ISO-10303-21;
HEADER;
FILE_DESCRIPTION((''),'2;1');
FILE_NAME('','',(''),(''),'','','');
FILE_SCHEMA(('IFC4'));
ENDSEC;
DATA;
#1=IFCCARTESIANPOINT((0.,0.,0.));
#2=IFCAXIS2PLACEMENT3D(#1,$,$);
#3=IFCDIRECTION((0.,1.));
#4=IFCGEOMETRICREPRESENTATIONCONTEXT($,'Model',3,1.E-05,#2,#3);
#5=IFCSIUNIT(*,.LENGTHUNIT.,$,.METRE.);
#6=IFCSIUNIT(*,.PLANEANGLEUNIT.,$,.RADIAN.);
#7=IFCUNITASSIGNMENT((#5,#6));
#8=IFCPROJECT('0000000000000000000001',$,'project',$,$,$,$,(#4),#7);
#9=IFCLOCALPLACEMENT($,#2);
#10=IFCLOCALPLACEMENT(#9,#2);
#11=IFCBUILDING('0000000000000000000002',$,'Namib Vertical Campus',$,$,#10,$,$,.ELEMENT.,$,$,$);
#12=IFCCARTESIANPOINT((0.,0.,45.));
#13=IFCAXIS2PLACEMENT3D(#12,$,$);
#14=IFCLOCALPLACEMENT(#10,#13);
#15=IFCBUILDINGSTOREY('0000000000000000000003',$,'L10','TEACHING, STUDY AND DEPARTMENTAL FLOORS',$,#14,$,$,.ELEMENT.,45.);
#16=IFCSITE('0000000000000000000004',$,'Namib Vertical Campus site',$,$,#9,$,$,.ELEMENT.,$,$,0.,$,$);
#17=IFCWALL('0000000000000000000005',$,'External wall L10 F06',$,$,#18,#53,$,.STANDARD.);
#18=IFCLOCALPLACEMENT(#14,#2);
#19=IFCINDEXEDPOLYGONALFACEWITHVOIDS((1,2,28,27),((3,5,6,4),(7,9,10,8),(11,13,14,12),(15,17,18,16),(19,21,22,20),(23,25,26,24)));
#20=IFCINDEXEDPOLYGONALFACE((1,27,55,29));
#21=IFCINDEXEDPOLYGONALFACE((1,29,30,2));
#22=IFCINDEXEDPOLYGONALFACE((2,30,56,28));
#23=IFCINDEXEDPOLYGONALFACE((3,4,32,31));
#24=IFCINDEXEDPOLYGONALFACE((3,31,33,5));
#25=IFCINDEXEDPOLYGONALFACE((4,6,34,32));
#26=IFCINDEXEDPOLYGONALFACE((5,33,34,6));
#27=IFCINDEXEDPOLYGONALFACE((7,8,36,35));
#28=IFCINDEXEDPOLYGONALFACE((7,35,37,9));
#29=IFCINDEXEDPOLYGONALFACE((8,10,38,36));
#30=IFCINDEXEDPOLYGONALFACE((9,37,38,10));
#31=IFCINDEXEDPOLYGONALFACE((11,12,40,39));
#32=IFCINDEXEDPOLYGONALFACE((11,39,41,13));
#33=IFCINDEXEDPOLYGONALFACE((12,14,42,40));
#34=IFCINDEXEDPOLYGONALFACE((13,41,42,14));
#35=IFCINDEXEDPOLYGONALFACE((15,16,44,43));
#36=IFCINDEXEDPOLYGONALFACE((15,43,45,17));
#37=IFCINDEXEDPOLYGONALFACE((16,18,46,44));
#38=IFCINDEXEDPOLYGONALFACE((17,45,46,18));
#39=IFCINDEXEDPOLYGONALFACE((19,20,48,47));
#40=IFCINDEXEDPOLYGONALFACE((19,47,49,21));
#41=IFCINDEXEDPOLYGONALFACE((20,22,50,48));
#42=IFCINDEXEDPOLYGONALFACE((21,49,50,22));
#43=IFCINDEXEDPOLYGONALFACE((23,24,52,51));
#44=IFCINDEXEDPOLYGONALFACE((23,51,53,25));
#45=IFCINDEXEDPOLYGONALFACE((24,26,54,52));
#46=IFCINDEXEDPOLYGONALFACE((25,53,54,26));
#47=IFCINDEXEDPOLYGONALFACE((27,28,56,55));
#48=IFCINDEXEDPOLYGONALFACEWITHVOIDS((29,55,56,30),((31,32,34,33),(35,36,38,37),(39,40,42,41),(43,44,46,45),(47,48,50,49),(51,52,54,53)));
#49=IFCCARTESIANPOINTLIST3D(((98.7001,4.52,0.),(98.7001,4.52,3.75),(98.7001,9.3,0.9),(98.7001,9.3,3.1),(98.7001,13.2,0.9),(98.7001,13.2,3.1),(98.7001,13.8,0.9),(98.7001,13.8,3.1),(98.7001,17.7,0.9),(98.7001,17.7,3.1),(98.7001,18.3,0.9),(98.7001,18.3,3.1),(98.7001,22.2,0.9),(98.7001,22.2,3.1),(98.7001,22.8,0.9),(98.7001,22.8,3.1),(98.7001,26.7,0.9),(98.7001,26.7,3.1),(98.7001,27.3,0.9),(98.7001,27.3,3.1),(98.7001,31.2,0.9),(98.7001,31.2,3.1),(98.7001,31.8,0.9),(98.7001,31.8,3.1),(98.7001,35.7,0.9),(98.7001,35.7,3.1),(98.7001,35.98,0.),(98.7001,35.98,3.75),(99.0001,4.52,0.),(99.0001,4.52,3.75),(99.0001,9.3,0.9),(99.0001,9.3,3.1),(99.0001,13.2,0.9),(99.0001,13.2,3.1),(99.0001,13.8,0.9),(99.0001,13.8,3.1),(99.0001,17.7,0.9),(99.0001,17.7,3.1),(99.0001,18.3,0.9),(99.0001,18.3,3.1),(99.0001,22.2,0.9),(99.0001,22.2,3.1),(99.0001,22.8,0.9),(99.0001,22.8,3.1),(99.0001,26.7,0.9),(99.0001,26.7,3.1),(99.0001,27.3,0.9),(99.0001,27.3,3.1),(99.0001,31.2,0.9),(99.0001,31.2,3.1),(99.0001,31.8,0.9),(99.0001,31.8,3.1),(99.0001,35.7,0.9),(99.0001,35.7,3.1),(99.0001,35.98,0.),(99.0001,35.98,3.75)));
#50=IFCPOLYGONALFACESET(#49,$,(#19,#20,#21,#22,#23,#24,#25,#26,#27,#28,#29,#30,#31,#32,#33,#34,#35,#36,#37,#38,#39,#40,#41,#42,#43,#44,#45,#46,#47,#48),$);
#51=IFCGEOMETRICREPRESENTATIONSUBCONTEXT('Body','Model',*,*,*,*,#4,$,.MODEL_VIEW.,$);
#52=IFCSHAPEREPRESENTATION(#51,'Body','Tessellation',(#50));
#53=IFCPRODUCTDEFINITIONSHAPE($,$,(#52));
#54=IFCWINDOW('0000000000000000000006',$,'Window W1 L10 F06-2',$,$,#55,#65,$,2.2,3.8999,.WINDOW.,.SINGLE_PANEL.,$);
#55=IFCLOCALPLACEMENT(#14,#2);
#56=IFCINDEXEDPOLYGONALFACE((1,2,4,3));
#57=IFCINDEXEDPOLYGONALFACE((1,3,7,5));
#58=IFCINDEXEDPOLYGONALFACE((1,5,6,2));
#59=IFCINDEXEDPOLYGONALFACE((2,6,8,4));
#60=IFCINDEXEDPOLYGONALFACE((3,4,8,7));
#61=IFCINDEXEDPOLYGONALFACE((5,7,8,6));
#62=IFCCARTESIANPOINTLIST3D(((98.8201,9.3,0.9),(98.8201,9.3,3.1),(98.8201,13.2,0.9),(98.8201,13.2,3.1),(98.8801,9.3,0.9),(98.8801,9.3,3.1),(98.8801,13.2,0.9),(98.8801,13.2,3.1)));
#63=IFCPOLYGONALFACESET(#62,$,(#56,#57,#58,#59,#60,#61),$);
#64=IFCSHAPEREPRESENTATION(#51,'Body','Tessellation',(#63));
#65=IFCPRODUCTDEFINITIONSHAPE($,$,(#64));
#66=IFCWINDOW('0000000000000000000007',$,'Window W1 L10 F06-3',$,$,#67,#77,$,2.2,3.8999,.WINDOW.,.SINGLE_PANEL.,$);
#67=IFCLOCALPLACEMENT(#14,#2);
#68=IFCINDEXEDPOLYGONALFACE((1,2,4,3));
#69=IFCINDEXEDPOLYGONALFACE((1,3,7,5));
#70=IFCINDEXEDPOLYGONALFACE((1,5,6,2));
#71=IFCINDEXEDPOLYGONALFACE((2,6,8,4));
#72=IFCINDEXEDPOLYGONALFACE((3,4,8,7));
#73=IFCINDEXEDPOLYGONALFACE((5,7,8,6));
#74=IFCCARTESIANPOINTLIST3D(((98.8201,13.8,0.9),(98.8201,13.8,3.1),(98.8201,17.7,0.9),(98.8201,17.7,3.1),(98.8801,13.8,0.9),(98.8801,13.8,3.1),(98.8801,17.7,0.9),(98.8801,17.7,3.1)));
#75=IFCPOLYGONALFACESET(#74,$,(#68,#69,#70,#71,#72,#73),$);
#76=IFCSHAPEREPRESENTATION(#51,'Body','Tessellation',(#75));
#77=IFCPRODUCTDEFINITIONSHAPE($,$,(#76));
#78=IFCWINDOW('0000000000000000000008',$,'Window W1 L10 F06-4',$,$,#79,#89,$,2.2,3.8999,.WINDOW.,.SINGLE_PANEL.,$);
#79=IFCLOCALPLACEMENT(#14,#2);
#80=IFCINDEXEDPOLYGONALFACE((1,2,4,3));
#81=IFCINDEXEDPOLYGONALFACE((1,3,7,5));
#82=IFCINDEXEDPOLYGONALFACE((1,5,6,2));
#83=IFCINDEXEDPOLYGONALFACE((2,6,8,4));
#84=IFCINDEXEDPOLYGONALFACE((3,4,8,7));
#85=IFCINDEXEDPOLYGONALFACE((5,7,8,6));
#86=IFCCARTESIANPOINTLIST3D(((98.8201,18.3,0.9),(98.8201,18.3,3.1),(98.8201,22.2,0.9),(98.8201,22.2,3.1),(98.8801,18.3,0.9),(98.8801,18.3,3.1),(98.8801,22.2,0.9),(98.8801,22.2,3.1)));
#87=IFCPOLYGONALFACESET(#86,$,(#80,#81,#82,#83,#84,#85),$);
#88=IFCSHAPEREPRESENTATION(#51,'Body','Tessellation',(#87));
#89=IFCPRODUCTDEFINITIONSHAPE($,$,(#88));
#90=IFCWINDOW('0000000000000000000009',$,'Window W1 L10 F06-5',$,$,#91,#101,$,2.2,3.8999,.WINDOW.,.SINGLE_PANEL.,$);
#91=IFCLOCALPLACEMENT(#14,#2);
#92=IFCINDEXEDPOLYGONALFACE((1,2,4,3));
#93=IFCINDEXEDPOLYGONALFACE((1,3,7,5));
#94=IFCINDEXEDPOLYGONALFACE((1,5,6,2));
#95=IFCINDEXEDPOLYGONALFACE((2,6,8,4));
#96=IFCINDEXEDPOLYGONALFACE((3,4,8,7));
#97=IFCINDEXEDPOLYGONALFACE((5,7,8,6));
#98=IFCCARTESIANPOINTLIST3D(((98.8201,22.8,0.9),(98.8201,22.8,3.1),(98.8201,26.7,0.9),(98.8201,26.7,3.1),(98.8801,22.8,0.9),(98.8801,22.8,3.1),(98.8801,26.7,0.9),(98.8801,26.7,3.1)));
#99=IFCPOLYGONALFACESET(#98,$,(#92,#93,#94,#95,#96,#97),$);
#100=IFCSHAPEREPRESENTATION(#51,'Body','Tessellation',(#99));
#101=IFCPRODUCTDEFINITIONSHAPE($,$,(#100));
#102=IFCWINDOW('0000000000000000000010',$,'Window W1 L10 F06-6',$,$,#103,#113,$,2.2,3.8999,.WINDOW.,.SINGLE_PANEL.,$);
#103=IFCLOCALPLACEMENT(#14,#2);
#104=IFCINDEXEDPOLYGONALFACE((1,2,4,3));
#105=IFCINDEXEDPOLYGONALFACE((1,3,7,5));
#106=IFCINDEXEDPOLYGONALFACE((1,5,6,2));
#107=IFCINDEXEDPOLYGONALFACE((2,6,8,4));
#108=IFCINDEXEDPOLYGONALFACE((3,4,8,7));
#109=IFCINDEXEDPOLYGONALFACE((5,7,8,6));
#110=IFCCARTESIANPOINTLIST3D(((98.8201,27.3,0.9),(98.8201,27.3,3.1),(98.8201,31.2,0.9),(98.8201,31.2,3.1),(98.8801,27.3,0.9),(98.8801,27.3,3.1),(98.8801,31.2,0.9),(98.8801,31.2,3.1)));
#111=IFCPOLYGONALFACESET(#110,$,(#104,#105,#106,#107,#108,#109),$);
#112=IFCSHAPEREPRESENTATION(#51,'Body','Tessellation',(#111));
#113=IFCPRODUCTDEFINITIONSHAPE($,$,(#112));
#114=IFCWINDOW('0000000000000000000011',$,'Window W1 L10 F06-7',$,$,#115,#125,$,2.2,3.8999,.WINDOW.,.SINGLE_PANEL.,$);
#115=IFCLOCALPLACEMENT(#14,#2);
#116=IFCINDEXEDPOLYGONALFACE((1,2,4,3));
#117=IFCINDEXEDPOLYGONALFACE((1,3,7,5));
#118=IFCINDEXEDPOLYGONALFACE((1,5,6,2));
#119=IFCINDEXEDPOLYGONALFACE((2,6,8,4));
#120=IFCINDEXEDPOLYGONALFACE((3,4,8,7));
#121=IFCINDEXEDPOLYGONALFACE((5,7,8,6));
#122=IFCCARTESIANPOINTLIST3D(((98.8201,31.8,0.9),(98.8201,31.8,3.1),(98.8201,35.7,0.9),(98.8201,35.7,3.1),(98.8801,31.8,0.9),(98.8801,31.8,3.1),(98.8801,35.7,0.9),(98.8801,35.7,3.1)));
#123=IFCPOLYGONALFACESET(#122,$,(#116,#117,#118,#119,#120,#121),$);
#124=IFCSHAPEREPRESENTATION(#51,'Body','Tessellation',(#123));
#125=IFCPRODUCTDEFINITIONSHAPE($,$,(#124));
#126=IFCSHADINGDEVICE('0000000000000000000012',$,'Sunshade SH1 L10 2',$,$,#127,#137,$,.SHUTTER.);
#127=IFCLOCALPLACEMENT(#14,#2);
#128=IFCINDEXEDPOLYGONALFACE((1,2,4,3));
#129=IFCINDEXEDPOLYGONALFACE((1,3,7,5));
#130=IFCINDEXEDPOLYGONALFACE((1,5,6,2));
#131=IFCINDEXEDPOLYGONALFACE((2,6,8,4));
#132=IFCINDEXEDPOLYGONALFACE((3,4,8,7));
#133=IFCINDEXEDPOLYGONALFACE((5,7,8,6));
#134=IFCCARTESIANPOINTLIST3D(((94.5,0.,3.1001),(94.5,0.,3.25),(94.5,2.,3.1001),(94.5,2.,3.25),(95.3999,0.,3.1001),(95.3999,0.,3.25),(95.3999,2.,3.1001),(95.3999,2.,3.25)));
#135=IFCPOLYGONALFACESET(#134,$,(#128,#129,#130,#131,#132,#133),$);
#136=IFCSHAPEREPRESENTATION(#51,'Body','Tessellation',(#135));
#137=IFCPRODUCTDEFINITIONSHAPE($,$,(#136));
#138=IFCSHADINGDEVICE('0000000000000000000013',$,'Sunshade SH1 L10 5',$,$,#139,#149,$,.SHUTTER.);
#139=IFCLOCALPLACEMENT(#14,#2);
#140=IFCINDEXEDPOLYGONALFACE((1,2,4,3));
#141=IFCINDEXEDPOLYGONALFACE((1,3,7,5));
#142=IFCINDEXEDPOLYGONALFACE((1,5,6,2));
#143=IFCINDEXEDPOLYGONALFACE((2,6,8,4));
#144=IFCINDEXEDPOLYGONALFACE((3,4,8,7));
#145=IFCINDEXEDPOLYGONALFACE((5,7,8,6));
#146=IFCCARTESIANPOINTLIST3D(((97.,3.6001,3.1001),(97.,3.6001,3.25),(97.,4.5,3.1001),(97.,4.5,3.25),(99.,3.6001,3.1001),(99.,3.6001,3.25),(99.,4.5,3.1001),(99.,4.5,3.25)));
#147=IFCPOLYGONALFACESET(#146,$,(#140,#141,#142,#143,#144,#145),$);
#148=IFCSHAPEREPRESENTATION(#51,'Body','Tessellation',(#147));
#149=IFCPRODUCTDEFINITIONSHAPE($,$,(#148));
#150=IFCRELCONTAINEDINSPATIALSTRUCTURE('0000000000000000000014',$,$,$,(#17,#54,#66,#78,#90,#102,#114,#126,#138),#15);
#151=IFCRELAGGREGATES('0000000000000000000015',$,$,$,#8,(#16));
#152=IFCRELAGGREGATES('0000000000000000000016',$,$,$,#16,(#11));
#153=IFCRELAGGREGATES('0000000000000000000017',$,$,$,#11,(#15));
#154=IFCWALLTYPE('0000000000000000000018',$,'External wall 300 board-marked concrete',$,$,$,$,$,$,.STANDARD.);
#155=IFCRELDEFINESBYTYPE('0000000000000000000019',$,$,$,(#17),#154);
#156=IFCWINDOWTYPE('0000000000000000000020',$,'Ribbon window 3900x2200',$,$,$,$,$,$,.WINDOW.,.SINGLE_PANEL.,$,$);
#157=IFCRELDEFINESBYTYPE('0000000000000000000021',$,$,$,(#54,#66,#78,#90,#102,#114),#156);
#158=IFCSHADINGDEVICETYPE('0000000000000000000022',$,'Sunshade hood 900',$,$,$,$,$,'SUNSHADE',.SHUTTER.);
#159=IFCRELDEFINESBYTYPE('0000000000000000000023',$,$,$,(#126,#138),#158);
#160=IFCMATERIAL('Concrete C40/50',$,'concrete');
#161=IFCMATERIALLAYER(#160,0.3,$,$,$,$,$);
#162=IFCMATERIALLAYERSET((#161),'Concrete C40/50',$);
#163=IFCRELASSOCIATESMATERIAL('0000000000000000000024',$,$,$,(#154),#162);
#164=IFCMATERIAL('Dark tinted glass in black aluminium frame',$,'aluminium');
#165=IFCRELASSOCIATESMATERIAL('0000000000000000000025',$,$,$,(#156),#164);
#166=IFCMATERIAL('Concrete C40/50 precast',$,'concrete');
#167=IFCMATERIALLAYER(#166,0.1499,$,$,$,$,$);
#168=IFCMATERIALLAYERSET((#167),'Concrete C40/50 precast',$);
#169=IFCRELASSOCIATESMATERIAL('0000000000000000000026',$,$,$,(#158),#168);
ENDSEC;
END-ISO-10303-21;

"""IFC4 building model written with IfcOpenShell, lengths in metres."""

from ifc_helpers import new_model, si_unit, direction, frame, frame_2d, origin, origin_2d, place, context, subcontext, project, spatial, rectangle, extrude, material, layer, layer_set, type_object, element, fill, save


model = new_model("IFC4")

# Units and contexts
model_context = context("Model", 3, precision=1e-05, world=origin(), true_north=direction((0.0, 1.0)))
body_context = subcontext(model_context, "Body", "Model", "MODEL_VIEW")
ifc_project = project(units=[si_unit("LENGTHUNIT", "METRE"), si_unit("PLANEANGLEUNIT", "RADIAN")], contexts=[model_context])

# Site, building, storey
site_placement = place(None, origin())
site = spatial("IfcSite", under=ifc_project, at=site_placement, Name="Namib Vertical Campus site", CompositionType="ELEMENT", RefElevation=0.0)
building_placement = place(site_placement, origin())
building = spatial("IfcBuilding", under=site, at=building_placement, Name="Namib Vertical Campus", CompositionType="ELEMENT")
storey_placement = place(building_placement, frame((0.0, 0.0, 45.0)))
storey = spatial("IfcBuildingStorey", under=building, at=storey_placement, Name="L10", Description="TEACHING, STUDY AND DEPARTMENTAL FLOORS", CompositionType="ELEMENT", Elevation=45.0)

# Shared definitions
ifc_material_1 = material(Name="Concrete C40/50", Category="concrete")
ifc_layer_1 = layer(ifc_material_1, 0.3)
ifc_layer_set_1 = layer_set([ifc_layer_1], Name="Concrete C40/50")
wall_type = type_object("IfcWallType", Name="External wall 300 board-marked concrete", PredefinedType="STANDARD", material=ifc_layer_set_1)

# Wall, openings, windows
wall_1_placement = place(storey_placement, frame((98.8501, 4.52, 0.0), z_axis=(0.0, 0.0, 1.0), x_axis=(0.0, 1.0, 0.0)))
wall_1 = element("IfcWall", 1, at=wall_1_placement, inside=storey, type_object=wall_type, Name="External wall L10 F06", PredefinedType="STANDARD", context=body_context, shape_type="SweptSolid", body=[
    extrude(rectangle(XDim=31.46, YDim=0.3, at=frame_2d((15.73, 0.0))), origin(), (0.0, 0.0, 1.0), 3.75),
])
opening_1_placement = place(wall_1_placement, frame((4.78, 0.0, 0.8999)))
opening_1 = element("IfcOpeningElement", 2, at=opening_1_placement, cuts=wall_1, PredefinedType="OPENING", context=body_context, shape_type="SweptSolid", body=[
    extrude(rectangle(XDim=3.8999, YDim=2.2, at=frame_2d((1.95, 1.1001))), frame((0.0, 0.1599, 0.0), z_axis=(0.0, -1.0, 0.0), x_axis=(1.0, 0.0, 0.0)), (0.0, 0.0, 1.0), 0.3201),
])
opening_2_placement = place(wall_1_placement, frame((9.28, 0.0, 0.8999)))
opening_2 = element("IfcOpeningElement", 3, at=opening_2_placement, cuts=wall_1, PredefinedType="OPENING", context=body_context, shape_type="SweptSolid", body=[
    extrude(rectangle(XDim=3.8999, YDim=2.2, at=frame_2d((1.95, 1.1001))), frame((0.0, 0.1599, 0.0), z_axis=(0.0, -1.0, 0.0), x_axis=(1.0, 0.0, 0.0)), (0.0, 0.0, 1.0), 0.3201),
])
opening_3_placement = place(wall_1_placement, frame((13.78, 0.0, 0.8999)))
opening_3 = element("IfcOpeningElement", 4, at=opening_3_placement, cuts=wall_1, PredefinedType="OPENING", context=body_context, shape_type="SweptSolid", body=[
    extrude(rectangle(XDim=3.8999, YDim=2.2, at=frame_2d((1.95, 1.1001))), frame((0.0, 0.1599, 0.0), z_axis=(0.0, -1.0, 0.0), x_axis=(1.0, 0.0, 0.0)), (0.0, 0.0, 1.0), 0.3201),
])
opening_4_placement = place(wall_1_placement, frame((18.28, 0.0, 0.8999)))
opening_4 = element("IfcOpeningElement", 5, at=opening_4_placement, cuts=wall_1, PredefinedType="OPENING", context=body_context, shape_type="SweptSolid", body=[
    extrude(rectangle(XDim=3.8999, YDim=2.2, at=frame_2d((1.95, 1.1001))), frame((0.0, 0.1599, 0.0), z_axis=(0.0, -1.0, 0.0), x_axis=(1.0, 0.0, 0.0)), (0.0, 0.0, 1.0), 0.3201),
])
opening_5_placement = place(wall_1_placement, frame((22.78, 0.0, 0.8999)))
opening_5 = element("IfcOpeningElement", 6, at=opening_5_placement, cuts=wall_1, PredefinedType="OPENING", context=body_context, shape_type="SweptSolid", body=[
    extrude(rectangle(XDim=3.8999, YDim=2.2, at=frame_2d((1.95, 1.1001))), frame((0.0, 0.1599, 0.0), z_axis=(0.0, -1.0, 0.0), x_axis=(1.0, 0.0, 0.0)), (0.0, 0.0, 1.0), 0.3201),
])
opening_6_placement = place(wall_1_placement, frame((27.28, 0.0, 0.8999)))
opening_6 = element("IfcOpeningElement", 7, at=opening_6_placement, cuts=wall_1, PredefinedType="OPENING", context=body_context, shape_type="SweptSolid", body=[
    extrude(rectangle(XDim=3.8999, YDim=2.2, at=frame_2d((1.95, 1.1001))), frame((0.0, 0.1599, 0.0), z_axis=(0.0, -1.0, 0.0), x_axis=(1.0, 0.0, 0.0)), (0.0, 0.0, 1.0), 0.3201),
])
ifc_material_2 = material(Name="Dark tinted glass in black aluminium frame", Category="aluminium")
window_type = type_object("IfcWindowType", Name="Ribbon window 3900x2200", PartitioningType="SINGLE_PANEL", PredefinedType="WINDOW", material=ifc_material_2)
window_1_placement = place(opening_1_placement, origin())
window_1 = element("IfcWindow", 8, at=window_1_placement, inside=storey, type_object=window_type, Name="Window W1 L10 F06-2", OverallHeight=2.2, OverallWidth=3.8999, PartitioningType="SINGLE_PANEL", PredefinedType="WINDOW", context=body_context, shape_type="SweptSolid", body=[
    extrude(rectangle(XDim=3.8999, YDim=2.2, at=frame_2d((1.95, 1.1001))), frame((0.0, 0.03, 0.0), z_axis=(0.0, -1.0, 0.0), x_axis=(1.0, 0.0, 0.0)), (0.0, 0.0, 1.0), 0.0601),
])
fill(opening_1, window_1)
window_2_placement = place(opening_2_placement, origin())
window_2 = element("IfcWindow", 9, at=window_2_placement, inside=storey, type_object=window_type, Name="Window W1 L10 F06-3", OverallHeight=2.2, OverallWidth=3.8999, PartitioningType="SINGLE_PANEL", PredefinedType="WINDOW", context=body_context, shape_type="SweptSolid", body=[
    extrude(rectangle(XDim=3.8999, YDim=2.2, at=frame_2d((1.95, 1.1001))), frame((0.0, 0.03, 0.0), z_axis=(0.0, -1.0, 0.0), x_axis=(1.0, 0.0, 0.0)), (0.0, 0.0, 1.0), 0.0601),
])
fill(opening_2, window_2)
window_3_placement = place(opening_3_placement, origin())
window_3 = element("IfcWindow", 10, at=window_3_placement, inside=storey, type_object=window_type, Name="Window W1 L10 F06-4", OverallHeight=2.2, OverallWidth=3.8999, PartitioningType="SINGLE_PANEL", PredefinedType="WINDOW", context=body_context, shape_type="SweptSolid", body=[
    extrude(rectangle(XDim=3.8999, YDim=2.2, at=frame_2d((1.95, 1.1001))), frame((0.0, 0.03, 0.0), z_axis=(0.0, -1.0, 0.0), x_axis=(1.0, 0.0, 0.0)), (0.0, 0.0, 1.0), 0.0601),
])
fill(opening_3, window_3)
window_4_placement = place(opening_4_placement, origin())
window_4 = element("IfcWindow", 11, at=window_4_placement, inside=storey, type_object=window_type, Name="Window W1 L10 F06-5", OverallHeight=2.2, OverallWidth=3.8999, PartitioningType="SINGLE_PANEL", PredefinedType="WINDOW", context=body_context, shape_type="SweptSolid", body=[
    extrude(rectangle(XDim=3.8999, YDim=2.2, at=frame_2d((1.95, 1.1001))), frame((0.0, 0.03, 0.0), z_axis=(0.0, -1.0, 0.0), x_axis=(1.0, 0.0, 0.0)), (0.0, 0.0, 1.0), 0.0601),
])
fill(opening_4, window_4)
window_5_placement = place(opening_5_placement, origin())
window_5 = element("IfcWindow", 12, at=window_5_placement, inside=storey, type_object=window_type, Name="Window W1 L10 F06-6", OverallHeight=2.2, OverallWidth=3.8999, PartitioningType="SINGLE_PANEL", PredefinedType="WINDOW", context=body_context, shape_type="SweptSolid", body=[
    extrude(rectangle(XDim=3.8999, YDim=2.2, at=frame_2d((1.95, 1.1001))), frame((0.0, 0.03, 0.0), z_axis=(0.0, -1.0, 0.0), x_axis=(1.0, 0.0, 0.0)), (0.0, 0.0, 1.0), 0.0601),
])
fill(opening_5, window_5)
window_6_placement = place(opening_6_placement, origin())
window_6 = element("IfcWindow", 13, at=window_6_placement, inside=storey, type_object=window_type, Name="Window W1 L10 F06-7", OverallHeight=2.2, OverallWidth=3.8999, PartitioningType="SINGLE_PANEL", PredefinedType="WINDOW", context=body_context, shape_type="SweptSolid", body=[
    extrude(rectangle(XDim=3.8999, YDim=2.2, at=frame_2d((1.95, 1.1001))), frame((0.0, 0.03, 0.0), z_axis=(0.0, -1.0, 0.0), x_axis=(1.0, 0.0, 0.0)), (0.0, 0.0, 1.0), 0.0601),
])
fill(opening_6, window_6)

# Shading devices
ifc_material_3 = material(Name="Concrete C40/50 precast", Category="concrete")
ifc_layer_2 = layer(ifc_material_3, 0.1499)
ifc_layer_set_2 = layer_set([ifc_layer_2], Name="Concrete C40/50 precast")
shading_device_type = type_object("IfcShadingDeviceType", Name="Sunshade hood 900", ElementType="SUNSHADE", PredefinedType="SHUTTER", material=ifc_layer_set_2)
for number, where, z_axis, x_axis, name in (
    (14, (94.95, 1.0, 3.1001), (0.0, 0.0, 1.0), (0.0, 1.0, 0.0), "Sunshade SH1 L10 2"),
    (15, (98.0, 4.05, 3.1001), (0.0, 0.0, 1.0), (1.0, 0.0, 0.0), "Sunshade SH1 L10 5"),
):
    element("IfcShadingDevice", number, at=place(storey_placement, frame(where, z_axis=z_axis, x_axis=x_axis)), inside=storey, type_object=shading_device_type, Name=name, PredefinedType="SHUTTER", context=body_context, shape_type="SweptSolid", body=[
        extrude(rectangle(XDim=2.0, YDim=0.8999, at=origin_2d()), origin(), (0.0, 0.0, 1.0), 0.1499),
    ])

save(model, "model.ifc")
